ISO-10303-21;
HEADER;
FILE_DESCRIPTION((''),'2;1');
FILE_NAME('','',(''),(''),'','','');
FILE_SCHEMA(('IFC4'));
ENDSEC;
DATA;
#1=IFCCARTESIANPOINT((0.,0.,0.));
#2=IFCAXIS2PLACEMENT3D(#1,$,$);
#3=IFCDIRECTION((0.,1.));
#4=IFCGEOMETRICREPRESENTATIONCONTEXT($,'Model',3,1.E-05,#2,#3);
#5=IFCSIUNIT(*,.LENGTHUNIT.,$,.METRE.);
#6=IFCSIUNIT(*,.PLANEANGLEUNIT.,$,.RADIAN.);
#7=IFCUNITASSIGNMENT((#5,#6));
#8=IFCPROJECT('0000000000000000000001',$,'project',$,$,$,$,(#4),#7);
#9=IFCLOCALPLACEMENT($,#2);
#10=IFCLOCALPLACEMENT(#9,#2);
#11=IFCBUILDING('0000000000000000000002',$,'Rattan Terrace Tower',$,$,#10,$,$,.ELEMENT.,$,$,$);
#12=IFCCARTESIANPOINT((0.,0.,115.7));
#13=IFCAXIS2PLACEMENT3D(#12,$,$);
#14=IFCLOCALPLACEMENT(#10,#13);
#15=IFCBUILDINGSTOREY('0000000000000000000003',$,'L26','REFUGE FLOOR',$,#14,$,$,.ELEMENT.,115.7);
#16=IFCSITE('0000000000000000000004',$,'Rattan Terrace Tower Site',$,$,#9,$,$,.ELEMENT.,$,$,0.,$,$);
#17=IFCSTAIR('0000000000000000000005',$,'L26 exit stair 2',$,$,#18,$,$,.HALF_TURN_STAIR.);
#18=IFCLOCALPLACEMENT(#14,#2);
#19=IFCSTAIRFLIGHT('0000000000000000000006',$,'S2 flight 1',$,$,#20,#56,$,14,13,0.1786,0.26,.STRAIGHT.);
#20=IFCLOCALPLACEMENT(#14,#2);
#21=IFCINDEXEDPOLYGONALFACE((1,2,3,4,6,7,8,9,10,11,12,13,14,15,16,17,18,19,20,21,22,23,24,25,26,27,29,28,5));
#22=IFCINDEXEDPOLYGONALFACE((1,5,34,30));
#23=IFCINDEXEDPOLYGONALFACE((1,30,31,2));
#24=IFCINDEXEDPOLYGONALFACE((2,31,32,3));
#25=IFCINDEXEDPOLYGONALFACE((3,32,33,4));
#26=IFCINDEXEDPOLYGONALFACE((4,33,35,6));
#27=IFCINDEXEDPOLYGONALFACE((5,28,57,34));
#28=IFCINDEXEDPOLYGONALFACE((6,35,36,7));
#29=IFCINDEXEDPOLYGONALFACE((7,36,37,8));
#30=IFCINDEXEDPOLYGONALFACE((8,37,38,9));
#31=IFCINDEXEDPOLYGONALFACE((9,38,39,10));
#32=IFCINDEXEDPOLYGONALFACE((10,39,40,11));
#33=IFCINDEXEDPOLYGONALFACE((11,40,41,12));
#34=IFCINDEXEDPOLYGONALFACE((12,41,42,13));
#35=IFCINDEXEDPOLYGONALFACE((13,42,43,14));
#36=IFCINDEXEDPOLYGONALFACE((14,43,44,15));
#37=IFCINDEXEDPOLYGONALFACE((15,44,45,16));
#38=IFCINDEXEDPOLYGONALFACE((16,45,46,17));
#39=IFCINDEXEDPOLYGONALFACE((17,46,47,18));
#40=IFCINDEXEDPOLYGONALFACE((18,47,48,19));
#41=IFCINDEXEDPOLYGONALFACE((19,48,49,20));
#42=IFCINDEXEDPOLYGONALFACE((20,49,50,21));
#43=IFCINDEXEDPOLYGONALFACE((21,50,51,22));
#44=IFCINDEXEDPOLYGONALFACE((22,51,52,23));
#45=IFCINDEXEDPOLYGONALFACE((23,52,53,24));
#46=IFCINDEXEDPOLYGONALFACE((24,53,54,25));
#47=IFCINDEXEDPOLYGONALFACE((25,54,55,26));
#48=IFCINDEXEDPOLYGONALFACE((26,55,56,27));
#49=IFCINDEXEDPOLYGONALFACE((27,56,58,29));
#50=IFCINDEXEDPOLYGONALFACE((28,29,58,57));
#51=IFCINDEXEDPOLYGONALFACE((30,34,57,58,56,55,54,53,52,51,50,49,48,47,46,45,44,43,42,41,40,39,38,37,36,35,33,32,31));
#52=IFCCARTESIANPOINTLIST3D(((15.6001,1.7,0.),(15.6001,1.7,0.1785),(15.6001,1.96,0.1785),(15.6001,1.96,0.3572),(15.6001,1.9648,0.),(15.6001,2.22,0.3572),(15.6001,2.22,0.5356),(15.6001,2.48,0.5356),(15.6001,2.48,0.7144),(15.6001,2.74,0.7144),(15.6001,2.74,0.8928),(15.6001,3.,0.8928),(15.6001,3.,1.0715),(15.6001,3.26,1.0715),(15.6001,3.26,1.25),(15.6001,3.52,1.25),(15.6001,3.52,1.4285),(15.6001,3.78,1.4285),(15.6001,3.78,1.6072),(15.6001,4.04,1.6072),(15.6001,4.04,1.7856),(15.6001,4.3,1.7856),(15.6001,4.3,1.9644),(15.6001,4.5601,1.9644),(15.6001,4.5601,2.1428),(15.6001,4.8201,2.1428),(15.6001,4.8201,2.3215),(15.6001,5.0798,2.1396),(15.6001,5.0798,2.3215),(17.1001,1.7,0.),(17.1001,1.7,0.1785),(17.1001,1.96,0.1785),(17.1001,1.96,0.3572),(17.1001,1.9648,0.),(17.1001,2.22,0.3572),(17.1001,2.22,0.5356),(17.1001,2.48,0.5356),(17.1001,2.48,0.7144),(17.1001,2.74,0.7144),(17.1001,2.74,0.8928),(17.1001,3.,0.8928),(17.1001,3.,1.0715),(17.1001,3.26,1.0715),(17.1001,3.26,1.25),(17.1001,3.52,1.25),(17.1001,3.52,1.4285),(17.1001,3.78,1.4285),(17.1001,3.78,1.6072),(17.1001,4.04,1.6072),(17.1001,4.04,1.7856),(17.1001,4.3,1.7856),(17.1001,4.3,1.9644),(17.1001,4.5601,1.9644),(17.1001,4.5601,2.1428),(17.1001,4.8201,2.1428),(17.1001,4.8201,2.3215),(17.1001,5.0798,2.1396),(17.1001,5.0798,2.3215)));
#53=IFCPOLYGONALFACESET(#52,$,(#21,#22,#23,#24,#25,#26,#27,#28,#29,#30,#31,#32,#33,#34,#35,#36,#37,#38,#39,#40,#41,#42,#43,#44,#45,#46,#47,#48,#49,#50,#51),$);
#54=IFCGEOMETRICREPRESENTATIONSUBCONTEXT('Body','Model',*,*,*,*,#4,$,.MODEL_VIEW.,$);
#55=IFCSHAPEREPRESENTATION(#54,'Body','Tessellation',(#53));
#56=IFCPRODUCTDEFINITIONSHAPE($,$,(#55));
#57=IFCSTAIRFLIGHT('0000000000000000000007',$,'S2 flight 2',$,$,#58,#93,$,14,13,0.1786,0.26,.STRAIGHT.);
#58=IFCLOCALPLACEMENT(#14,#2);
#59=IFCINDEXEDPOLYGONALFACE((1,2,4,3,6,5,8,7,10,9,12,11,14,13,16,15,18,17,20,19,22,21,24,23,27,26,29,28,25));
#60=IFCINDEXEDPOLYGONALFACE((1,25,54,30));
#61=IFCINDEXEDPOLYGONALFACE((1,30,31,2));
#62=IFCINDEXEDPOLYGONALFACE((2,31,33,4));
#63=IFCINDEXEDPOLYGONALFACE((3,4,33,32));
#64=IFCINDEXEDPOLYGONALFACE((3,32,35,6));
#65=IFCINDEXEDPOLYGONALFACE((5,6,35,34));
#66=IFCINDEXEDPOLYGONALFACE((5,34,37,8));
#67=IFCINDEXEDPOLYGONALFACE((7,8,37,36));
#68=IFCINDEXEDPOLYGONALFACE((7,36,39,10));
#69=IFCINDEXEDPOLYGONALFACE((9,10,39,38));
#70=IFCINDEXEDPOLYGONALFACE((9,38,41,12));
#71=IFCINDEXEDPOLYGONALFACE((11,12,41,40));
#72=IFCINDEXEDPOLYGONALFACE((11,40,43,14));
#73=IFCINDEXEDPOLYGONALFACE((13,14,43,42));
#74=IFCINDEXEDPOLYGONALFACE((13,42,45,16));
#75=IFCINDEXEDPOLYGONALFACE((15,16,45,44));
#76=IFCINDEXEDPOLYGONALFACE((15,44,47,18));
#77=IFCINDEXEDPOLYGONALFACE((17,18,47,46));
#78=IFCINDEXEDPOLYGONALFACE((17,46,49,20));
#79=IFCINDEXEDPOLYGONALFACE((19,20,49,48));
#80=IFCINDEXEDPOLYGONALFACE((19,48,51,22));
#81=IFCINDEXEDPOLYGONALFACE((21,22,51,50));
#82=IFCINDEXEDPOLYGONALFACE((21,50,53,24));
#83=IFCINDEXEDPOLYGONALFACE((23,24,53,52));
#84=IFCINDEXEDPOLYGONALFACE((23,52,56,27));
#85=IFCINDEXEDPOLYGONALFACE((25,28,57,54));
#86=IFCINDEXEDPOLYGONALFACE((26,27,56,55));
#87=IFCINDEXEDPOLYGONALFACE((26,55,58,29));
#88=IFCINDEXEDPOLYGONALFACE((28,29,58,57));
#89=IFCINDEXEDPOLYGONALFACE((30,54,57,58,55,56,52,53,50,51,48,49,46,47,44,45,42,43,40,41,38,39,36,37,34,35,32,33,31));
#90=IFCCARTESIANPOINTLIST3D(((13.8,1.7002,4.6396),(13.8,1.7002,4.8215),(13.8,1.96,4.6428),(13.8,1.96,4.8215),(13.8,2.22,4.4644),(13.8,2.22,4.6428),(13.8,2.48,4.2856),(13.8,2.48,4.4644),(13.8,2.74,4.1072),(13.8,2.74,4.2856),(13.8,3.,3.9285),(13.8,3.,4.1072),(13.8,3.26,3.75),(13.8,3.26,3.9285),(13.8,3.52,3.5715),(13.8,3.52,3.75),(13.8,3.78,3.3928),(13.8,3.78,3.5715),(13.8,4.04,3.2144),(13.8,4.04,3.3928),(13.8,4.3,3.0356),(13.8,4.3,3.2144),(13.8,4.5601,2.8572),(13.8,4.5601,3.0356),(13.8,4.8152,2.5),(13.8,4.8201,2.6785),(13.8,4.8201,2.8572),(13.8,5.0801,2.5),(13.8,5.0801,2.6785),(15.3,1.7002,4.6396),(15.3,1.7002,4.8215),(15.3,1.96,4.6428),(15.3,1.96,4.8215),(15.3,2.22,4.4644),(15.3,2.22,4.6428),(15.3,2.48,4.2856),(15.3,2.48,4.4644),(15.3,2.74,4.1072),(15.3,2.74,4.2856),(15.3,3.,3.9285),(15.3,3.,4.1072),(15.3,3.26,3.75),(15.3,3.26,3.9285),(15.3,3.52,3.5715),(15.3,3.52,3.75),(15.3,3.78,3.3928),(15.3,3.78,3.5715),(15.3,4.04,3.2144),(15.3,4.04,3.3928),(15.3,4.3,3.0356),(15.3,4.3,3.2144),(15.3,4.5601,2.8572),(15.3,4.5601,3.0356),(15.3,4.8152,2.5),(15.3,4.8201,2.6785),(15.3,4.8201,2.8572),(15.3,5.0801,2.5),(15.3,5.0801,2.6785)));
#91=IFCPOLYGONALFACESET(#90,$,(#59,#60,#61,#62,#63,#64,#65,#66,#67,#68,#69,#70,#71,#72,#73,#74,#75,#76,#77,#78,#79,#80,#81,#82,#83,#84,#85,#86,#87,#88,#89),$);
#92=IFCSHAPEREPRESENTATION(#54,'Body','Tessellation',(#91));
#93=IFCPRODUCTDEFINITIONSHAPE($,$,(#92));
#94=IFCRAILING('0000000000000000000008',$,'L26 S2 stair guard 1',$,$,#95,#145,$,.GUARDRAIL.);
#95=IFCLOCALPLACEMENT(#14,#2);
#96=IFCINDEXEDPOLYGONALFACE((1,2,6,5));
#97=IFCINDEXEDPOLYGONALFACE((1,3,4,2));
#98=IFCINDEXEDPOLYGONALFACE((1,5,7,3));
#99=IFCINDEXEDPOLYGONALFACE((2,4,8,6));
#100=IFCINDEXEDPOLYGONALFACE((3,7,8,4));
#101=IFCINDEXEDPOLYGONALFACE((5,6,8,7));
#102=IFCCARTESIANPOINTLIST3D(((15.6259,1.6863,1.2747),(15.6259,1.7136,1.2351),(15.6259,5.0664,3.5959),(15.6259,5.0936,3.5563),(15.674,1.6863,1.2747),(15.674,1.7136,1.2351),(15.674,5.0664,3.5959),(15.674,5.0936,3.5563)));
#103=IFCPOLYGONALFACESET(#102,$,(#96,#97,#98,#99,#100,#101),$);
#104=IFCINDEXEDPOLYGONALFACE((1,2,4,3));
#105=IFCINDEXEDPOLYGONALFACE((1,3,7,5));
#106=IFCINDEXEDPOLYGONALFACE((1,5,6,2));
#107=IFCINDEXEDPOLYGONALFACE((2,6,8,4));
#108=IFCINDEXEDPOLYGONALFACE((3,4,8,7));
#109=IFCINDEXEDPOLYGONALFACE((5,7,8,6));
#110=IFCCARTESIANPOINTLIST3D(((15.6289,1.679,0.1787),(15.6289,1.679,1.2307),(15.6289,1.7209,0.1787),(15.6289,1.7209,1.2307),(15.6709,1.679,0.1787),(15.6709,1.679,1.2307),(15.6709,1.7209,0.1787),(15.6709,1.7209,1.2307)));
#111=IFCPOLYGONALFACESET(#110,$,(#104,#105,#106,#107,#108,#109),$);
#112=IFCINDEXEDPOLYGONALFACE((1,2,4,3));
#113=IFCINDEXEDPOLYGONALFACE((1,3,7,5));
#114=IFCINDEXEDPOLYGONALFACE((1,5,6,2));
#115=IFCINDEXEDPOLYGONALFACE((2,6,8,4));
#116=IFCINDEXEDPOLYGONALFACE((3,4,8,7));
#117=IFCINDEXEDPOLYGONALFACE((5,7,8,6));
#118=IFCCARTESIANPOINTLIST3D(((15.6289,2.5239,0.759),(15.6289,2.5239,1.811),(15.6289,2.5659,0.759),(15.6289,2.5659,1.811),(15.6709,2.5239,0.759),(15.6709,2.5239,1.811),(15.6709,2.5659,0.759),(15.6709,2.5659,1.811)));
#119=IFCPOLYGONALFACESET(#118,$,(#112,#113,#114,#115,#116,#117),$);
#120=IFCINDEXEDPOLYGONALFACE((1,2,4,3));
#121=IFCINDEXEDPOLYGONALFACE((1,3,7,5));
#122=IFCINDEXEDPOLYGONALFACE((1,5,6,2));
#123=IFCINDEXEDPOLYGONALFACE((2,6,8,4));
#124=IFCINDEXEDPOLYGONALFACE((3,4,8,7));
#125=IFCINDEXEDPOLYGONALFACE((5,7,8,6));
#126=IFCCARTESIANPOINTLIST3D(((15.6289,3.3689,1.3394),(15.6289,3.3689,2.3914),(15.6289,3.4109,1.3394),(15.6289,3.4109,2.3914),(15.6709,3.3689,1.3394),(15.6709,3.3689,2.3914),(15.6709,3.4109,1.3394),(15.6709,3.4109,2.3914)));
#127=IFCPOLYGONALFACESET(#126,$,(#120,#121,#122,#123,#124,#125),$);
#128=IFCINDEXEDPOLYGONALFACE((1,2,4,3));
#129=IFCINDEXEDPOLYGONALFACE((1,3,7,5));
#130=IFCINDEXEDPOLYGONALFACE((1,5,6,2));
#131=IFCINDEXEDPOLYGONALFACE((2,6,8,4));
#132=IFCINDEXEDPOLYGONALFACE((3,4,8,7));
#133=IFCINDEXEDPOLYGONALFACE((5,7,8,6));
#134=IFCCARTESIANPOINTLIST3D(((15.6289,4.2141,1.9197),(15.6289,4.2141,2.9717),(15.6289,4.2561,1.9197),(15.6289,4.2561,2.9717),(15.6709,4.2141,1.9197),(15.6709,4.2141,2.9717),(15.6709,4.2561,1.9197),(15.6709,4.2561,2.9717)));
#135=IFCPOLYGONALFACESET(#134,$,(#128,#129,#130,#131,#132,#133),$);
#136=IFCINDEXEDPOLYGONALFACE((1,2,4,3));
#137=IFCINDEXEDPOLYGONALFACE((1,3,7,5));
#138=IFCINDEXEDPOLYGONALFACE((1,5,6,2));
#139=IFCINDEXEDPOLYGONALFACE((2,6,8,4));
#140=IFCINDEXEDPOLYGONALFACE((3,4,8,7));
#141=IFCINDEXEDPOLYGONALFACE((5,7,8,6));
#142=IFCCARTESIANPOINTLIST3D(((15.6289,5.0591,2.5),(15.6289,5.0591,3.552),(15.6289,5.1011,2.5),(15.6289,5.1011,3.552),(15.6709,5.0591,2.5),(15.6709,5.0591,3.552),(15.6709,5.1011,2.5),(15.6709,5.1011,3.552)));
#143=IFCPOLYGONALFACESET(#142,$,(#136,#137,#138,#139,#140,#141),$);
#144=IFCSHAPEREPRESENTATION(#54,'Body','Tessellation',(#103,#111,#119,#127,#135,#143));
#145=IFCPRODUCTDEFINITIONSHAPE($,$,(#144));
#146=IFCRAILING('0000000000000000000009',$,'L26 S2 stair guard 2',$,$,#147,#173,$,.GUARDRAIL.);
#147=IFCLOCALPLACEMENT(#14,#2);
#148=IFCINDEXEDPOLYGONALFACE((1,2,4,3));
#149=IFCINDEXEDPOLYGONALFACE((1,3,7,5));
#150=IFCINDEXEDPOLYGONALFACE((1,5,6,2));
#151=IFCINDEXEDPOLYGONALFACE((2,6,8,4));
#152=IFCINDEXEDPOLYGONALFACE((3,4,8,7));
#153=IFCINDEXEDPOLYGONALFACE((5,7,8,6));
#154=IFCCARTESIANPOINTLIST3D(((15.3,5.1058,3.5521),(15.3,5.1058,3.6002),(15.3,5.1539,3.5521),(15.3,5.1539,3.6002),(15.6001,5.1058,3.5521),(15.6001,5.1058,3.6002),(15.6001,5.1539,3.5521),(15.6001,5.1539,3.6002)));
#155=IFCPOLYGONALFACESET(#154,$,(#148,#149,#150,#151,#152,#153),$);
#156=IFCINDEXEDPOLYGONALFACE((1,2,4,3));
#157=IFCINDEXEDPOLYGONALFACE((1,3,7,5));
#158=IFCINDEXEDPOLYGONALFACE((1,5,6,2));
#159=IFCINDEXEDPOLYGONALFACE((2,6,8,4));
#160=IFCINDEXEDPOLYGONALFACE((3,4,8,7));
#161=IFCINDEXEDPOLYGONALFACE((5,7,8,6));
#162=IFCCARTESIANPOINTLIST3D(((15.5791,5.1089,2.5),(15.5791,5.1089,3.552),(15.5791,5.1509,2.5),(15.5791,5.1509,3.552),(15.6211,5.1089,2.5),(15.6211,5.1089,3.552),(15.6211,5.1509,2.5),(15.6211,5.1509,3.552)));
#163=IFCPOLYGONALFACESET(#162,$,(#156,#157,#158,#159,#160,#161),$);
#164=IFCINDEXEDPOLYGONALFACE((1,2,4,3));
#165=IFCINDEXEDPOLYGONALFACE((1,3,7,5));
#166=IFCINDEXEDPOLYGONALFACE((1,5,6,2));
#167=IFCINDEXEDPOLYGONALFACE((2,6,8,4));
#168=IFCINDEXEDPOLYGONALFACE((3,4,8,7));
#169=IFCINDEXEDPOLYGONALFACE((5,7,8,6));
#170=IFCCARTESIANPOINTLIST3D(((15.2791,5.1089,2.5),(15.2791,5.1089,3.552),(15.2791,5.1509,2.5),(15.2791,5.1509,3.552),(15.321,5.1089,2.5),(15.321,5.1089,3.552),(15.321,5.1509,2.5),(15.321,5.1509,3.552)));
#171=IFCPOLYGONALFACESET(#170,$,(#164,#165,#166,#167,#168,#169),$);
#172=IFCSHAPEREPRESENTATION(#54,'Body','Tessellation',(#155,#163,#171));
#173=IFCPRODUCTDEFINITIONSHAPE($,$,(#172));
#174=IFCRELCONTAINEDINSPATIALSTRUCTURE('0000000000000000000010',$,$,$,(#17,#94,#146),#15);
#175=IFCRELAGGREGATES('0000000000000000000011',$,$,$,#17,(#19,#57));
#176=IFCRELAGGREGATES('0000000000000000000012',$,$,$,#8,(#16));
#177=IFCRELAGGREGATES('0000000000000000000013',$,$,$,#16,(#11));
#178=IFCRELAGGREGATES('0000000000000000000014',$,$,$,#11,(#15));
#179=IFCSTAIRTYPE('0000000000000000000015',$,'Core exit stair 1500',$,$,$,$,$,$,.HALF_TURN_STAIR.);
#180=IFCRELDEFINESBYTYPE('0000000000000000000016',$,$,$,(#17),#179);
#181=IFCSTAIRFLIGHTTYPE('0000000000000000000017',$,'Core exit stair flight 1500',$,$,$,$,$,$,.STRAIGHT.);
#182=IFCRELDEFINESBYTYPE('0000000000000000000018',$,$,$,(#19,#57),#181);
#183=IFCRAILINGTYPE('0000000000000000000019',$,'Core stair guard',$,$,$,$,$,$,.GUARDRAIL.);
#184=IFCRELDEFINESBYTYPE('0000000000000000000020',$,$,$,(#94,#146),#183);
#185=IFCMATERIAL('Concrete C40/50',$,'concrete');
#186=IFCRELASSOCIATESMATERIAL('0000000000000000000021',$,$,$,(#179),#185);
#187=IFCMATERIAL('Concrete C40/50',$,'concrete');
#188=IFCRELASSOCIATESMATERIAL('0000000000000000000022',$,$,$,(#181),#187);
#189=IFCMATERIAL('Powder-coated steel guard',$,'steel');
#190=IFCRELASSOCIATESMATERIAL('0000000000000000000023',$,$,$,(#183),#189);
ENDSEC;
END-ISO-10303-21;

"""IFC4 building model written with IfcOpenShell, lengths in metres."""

from ifc_helpers import new_model, si_unit, direction, frame, origin, origin_2d, place, context, subcontext, project, spatial, polyline, rectangle, outline, extrude, material, type_object, element, aggregate, save


model = new_model("IFC4")

# Units and contexts
model_context = context("Model", 3, precision=1e-05, world=origin(), true_north=direction((0.0, 1.0)))
body_context = subcontext(model_context, "Body", "Model", "MODEL_VIEW")
ifc_project = project(units=[si_unit("LENGTHUNIT", "METRE"), si_unit("PLANEANGLEUNIT", "RADIAN")], contexts=[model_context])

# Site, building, storey
site_placement = place(None, origin())
site = spatial("IfcSite", under=ifc_project, at=site_placement, Name="Rattan Terrace Tower Site", CompositionType="ELEMENT", RefElevation=0.0)
building_placement = place(site_placement, origin())
building = spatial("IfcBuilding", under=site, at=building_placement, Name="Rattan Terrace Tower", CompositionType="ELEMENT")
storey_placement = place(building_placement, frame((0.0, 0.0, 115.7)))
storey = spatial("IfcBuildingStorey", under=building, at=storey_placement, Name="L26", Description="REFUGE FLOOR", CompositionType="ELEMENT", Elevation=115.7)

# Stair, stair flights
ifc_material_1 = material(Name="Concrete C40/50", Category="concrete")
stair_type = type_object("IfcStairType", Name="Core exit stair 1500", PredefinedType="HALF_TURN_STAIR", material=ifc_material_1)
stair_placement = place(storey_placement, origin())
stair = element("IfcStair", 1, at=stair_placement, inside=storey, type_object=stair_type, Name="L26 exit stair 2", PredefinedType="HALF_TURN_STAIR")
ifc_material_2 = material(Name="Concrete C40/50", Category="concrete")
stair_flight_type = type_object("IfcStairFlightType", Name="Core exit stair flight 1500", PredefinedType="STRAIGHT", material=ifc_material_2)
stair_flight_1_placement = place(storey_placement, frame((16.3501, 1.7, 0.0), z_axis=(0.0, 0.0, 1.0), x_axis=(0.0, 1.0, 0.0)))
stair_flight_1 = element("IfcStairFlight", 2, at=stair_flight_1_placement, type_object=stair_flight_type, Name="S2 flight 1", NumberOfRisers=14, NumberOfTreads=13, PredefinedType="STRAIGHT", RiserHeight=0.1786, TreadLength=0.26, context=body_context, shape_type="SweptSolid", body=[
    extrude(outline(polyline([(0.0, 0.0), (0.0, 0.1785), (0.26, 0.1785), (0.26, 0.3572), (0.52, 0.3572), (0.52, 0.5356), (0.78, 0.5356), (0.78, 0.7144), (1.04, 0.7144), (1.04, 0.8928), (1.3, 0.8928), (1.3, 1.0715), (1.5601, 1.0715), (1.5601, 1.25), (1.8201, 1.25), (1.8201, 1.4285), (2.0801, 1.4285), (2.0801, 1.6072), (2.3401, 1.6072), (2.3401, 1.7856), (2.6001, 1.7856), (2.6001, 1.9644), (2.8601, 1.9644), (2.8601, 2.1428), (3.1201, 2.1428), (3.1201, 2.3215), (3.3799, 2.3215), (3.3799, 2.5), (3.3799, 2.1396), (0.2649, 0.0), (0.0, 0.0)])), frame((0.0, 0.75, 0.0), z_axis=(0.0, -1.0, 0.0), x_axis=(1.0, 0.0, 0.0)), (0.0, 0.0, 1.0), 1.5),
])
stair_flight_2_placement = place(storey_placement, frame((14.55, 5.0801, 2.5), z_axis=(0.0, 0.0, 1.0), x_axis=(0.0, -1.0, 0.0)))
stair_flight_2 = element("IfcStairFlight", 3, at=stair_flight_2_placement, type_object=stair_flight_type, Name="S2 flight 2", NumberOfRisers=14, NumberOfTreads=13, PredefinedType="STRAIGHT", RiserHeight=0.1786, TreadLength=0.26, context=body_context, shape_type="SweptSolid", body=[
    extrude(outline(polyline([(0.0, 0.0), (0.0, 0.1785), (0.26, 0.1785), (0.26, 0.3572), (0.52, 0.3572), (0.52, 0.5356), (0.78, 0.5356), (0.78, 0.7144), (1.04, 0.7144), (1.04, 0.8928), (1.3, 0.8928), (1.3, 1.0715), (1.5601, 1.0715), (1.5601, 1.25), (1.8201, 1.25), (1.8201, 1.4285), (2.0801, 1.4285), (2.0801, 1.6072), (2.3401, 1.6072), (2.3401, 1.7856), (2.6001, 1.7856), (2.6001, 1.9644), (2.8601, 1.9644), (2.8601, 2.1428), (3.1201, 2.1428), (3.1201, 2.3215), (3.3799, 2.3215), (3.3799, 2.5), (3.3799, 2.1396), (0.2649, 0.0), (0.0, 0.0)])), frame((0.0, 0.75, 0.0), z_axis=(0.0, -1.0, 0.0), x_axis=(1.0, 0.0, 0.0)), (0.0, 0.0, 1.0), 1.5),
])
aggregate(stair, [stair_flight_1, stair_flight_2])

# Railings
ifc_material_3 = material(Name="Powder-coated steel guard", Category="steel")
railing_type_1 = type_object("IfcRailingType", Name="Core stair guard", PredefinedType="GUARDRAIL", material=ifc_material_3)
railing_1_placement = place(storey_placement, frame((15.6499, 1.7, 0.1787)))
element("IfcRailing", 4, at=railing_1_placement, inside=storey, type_object=railing_type_1, Name="L26 S2 stair guard 1", PredefinedType="GUARDRAIL", context=body_context, shape_type="SweptSolid", body=[
    extrude(rectangle(XDim=0.0481, YDim=0.0481, at=origin_2d()), frame((0.0, 0.0, 1.0762), z_axis=(0.0, 0.824332, 0.566107), x_axis=(-1.0, 0.0, 0.0)), (0.0, 0.0, 1.0), 4.1003),
    extrude(rectangle(XDim=0.042, YDim=0.042, at=origin_2d()), origin(), (0.0, 0.0, 1.0), 1.052),
    extrude(rectangle(XDim=0.042, YDim=0.042, at=origin_2d()), frame((0.0, 0.845, 0.5803)), (0.0, 0.0, 1.0), 1.052),
    extrude(rectangle(XDim=0.042, YDim=0.042, at=origin_2d()), frame((0.0, 1.6899, 1.1606)), (0.0, 0.0, 1.0), 1.052),
    extrude(rectangle(XDim=0.042, YDim=0.042, at=origin_2d()), frame((0.0, 2.5352, 1.741)), (0.0, 0.0, 1.0), 1.052),
    extrude(rectangle(XDim=0.042, YDim=0.042, at=origin_2d()), frame((0.0, 3.3801, 2.3213)), (0.0, 0.0, 1.0), 1.052),
])
railing_2_placement = place(storey_placement, frame((15.6001, 5.1299, 2.5)))
element("IfcRailing", 5, at=railing_2_placement, inside=storey, type_object=railing_type_1, Name="L26 S2 stair guard 2", PredefinedType="GUARDRAIL", context=body_context, shape_type="SweptSolid", body=[
    extrude(rectangle(XDim=0.0481, YDim=0.0481, at=origin_2d()), frame((0.0, 0.0, 1.0762), z_axis=(-1.0, 0.0, 0.0), x_axis=(0.0, -1.0, 0.0)), (0.0, 0.0, 1.0), 0.3),
    extrude(rectangle(XDim=0.042, YDim=0.042, at=origin_2d()), origin(), (0.0, 0.0, 1.0), 1.052),
    extrude(rectangle(XDim=0.042, YDim=0.042, at=origin_2d()), frame((-0.3, 0.0, 0.0)), (0.0, 0.0, 1.0), 1.052),
])

save(model, "model.ifc")
